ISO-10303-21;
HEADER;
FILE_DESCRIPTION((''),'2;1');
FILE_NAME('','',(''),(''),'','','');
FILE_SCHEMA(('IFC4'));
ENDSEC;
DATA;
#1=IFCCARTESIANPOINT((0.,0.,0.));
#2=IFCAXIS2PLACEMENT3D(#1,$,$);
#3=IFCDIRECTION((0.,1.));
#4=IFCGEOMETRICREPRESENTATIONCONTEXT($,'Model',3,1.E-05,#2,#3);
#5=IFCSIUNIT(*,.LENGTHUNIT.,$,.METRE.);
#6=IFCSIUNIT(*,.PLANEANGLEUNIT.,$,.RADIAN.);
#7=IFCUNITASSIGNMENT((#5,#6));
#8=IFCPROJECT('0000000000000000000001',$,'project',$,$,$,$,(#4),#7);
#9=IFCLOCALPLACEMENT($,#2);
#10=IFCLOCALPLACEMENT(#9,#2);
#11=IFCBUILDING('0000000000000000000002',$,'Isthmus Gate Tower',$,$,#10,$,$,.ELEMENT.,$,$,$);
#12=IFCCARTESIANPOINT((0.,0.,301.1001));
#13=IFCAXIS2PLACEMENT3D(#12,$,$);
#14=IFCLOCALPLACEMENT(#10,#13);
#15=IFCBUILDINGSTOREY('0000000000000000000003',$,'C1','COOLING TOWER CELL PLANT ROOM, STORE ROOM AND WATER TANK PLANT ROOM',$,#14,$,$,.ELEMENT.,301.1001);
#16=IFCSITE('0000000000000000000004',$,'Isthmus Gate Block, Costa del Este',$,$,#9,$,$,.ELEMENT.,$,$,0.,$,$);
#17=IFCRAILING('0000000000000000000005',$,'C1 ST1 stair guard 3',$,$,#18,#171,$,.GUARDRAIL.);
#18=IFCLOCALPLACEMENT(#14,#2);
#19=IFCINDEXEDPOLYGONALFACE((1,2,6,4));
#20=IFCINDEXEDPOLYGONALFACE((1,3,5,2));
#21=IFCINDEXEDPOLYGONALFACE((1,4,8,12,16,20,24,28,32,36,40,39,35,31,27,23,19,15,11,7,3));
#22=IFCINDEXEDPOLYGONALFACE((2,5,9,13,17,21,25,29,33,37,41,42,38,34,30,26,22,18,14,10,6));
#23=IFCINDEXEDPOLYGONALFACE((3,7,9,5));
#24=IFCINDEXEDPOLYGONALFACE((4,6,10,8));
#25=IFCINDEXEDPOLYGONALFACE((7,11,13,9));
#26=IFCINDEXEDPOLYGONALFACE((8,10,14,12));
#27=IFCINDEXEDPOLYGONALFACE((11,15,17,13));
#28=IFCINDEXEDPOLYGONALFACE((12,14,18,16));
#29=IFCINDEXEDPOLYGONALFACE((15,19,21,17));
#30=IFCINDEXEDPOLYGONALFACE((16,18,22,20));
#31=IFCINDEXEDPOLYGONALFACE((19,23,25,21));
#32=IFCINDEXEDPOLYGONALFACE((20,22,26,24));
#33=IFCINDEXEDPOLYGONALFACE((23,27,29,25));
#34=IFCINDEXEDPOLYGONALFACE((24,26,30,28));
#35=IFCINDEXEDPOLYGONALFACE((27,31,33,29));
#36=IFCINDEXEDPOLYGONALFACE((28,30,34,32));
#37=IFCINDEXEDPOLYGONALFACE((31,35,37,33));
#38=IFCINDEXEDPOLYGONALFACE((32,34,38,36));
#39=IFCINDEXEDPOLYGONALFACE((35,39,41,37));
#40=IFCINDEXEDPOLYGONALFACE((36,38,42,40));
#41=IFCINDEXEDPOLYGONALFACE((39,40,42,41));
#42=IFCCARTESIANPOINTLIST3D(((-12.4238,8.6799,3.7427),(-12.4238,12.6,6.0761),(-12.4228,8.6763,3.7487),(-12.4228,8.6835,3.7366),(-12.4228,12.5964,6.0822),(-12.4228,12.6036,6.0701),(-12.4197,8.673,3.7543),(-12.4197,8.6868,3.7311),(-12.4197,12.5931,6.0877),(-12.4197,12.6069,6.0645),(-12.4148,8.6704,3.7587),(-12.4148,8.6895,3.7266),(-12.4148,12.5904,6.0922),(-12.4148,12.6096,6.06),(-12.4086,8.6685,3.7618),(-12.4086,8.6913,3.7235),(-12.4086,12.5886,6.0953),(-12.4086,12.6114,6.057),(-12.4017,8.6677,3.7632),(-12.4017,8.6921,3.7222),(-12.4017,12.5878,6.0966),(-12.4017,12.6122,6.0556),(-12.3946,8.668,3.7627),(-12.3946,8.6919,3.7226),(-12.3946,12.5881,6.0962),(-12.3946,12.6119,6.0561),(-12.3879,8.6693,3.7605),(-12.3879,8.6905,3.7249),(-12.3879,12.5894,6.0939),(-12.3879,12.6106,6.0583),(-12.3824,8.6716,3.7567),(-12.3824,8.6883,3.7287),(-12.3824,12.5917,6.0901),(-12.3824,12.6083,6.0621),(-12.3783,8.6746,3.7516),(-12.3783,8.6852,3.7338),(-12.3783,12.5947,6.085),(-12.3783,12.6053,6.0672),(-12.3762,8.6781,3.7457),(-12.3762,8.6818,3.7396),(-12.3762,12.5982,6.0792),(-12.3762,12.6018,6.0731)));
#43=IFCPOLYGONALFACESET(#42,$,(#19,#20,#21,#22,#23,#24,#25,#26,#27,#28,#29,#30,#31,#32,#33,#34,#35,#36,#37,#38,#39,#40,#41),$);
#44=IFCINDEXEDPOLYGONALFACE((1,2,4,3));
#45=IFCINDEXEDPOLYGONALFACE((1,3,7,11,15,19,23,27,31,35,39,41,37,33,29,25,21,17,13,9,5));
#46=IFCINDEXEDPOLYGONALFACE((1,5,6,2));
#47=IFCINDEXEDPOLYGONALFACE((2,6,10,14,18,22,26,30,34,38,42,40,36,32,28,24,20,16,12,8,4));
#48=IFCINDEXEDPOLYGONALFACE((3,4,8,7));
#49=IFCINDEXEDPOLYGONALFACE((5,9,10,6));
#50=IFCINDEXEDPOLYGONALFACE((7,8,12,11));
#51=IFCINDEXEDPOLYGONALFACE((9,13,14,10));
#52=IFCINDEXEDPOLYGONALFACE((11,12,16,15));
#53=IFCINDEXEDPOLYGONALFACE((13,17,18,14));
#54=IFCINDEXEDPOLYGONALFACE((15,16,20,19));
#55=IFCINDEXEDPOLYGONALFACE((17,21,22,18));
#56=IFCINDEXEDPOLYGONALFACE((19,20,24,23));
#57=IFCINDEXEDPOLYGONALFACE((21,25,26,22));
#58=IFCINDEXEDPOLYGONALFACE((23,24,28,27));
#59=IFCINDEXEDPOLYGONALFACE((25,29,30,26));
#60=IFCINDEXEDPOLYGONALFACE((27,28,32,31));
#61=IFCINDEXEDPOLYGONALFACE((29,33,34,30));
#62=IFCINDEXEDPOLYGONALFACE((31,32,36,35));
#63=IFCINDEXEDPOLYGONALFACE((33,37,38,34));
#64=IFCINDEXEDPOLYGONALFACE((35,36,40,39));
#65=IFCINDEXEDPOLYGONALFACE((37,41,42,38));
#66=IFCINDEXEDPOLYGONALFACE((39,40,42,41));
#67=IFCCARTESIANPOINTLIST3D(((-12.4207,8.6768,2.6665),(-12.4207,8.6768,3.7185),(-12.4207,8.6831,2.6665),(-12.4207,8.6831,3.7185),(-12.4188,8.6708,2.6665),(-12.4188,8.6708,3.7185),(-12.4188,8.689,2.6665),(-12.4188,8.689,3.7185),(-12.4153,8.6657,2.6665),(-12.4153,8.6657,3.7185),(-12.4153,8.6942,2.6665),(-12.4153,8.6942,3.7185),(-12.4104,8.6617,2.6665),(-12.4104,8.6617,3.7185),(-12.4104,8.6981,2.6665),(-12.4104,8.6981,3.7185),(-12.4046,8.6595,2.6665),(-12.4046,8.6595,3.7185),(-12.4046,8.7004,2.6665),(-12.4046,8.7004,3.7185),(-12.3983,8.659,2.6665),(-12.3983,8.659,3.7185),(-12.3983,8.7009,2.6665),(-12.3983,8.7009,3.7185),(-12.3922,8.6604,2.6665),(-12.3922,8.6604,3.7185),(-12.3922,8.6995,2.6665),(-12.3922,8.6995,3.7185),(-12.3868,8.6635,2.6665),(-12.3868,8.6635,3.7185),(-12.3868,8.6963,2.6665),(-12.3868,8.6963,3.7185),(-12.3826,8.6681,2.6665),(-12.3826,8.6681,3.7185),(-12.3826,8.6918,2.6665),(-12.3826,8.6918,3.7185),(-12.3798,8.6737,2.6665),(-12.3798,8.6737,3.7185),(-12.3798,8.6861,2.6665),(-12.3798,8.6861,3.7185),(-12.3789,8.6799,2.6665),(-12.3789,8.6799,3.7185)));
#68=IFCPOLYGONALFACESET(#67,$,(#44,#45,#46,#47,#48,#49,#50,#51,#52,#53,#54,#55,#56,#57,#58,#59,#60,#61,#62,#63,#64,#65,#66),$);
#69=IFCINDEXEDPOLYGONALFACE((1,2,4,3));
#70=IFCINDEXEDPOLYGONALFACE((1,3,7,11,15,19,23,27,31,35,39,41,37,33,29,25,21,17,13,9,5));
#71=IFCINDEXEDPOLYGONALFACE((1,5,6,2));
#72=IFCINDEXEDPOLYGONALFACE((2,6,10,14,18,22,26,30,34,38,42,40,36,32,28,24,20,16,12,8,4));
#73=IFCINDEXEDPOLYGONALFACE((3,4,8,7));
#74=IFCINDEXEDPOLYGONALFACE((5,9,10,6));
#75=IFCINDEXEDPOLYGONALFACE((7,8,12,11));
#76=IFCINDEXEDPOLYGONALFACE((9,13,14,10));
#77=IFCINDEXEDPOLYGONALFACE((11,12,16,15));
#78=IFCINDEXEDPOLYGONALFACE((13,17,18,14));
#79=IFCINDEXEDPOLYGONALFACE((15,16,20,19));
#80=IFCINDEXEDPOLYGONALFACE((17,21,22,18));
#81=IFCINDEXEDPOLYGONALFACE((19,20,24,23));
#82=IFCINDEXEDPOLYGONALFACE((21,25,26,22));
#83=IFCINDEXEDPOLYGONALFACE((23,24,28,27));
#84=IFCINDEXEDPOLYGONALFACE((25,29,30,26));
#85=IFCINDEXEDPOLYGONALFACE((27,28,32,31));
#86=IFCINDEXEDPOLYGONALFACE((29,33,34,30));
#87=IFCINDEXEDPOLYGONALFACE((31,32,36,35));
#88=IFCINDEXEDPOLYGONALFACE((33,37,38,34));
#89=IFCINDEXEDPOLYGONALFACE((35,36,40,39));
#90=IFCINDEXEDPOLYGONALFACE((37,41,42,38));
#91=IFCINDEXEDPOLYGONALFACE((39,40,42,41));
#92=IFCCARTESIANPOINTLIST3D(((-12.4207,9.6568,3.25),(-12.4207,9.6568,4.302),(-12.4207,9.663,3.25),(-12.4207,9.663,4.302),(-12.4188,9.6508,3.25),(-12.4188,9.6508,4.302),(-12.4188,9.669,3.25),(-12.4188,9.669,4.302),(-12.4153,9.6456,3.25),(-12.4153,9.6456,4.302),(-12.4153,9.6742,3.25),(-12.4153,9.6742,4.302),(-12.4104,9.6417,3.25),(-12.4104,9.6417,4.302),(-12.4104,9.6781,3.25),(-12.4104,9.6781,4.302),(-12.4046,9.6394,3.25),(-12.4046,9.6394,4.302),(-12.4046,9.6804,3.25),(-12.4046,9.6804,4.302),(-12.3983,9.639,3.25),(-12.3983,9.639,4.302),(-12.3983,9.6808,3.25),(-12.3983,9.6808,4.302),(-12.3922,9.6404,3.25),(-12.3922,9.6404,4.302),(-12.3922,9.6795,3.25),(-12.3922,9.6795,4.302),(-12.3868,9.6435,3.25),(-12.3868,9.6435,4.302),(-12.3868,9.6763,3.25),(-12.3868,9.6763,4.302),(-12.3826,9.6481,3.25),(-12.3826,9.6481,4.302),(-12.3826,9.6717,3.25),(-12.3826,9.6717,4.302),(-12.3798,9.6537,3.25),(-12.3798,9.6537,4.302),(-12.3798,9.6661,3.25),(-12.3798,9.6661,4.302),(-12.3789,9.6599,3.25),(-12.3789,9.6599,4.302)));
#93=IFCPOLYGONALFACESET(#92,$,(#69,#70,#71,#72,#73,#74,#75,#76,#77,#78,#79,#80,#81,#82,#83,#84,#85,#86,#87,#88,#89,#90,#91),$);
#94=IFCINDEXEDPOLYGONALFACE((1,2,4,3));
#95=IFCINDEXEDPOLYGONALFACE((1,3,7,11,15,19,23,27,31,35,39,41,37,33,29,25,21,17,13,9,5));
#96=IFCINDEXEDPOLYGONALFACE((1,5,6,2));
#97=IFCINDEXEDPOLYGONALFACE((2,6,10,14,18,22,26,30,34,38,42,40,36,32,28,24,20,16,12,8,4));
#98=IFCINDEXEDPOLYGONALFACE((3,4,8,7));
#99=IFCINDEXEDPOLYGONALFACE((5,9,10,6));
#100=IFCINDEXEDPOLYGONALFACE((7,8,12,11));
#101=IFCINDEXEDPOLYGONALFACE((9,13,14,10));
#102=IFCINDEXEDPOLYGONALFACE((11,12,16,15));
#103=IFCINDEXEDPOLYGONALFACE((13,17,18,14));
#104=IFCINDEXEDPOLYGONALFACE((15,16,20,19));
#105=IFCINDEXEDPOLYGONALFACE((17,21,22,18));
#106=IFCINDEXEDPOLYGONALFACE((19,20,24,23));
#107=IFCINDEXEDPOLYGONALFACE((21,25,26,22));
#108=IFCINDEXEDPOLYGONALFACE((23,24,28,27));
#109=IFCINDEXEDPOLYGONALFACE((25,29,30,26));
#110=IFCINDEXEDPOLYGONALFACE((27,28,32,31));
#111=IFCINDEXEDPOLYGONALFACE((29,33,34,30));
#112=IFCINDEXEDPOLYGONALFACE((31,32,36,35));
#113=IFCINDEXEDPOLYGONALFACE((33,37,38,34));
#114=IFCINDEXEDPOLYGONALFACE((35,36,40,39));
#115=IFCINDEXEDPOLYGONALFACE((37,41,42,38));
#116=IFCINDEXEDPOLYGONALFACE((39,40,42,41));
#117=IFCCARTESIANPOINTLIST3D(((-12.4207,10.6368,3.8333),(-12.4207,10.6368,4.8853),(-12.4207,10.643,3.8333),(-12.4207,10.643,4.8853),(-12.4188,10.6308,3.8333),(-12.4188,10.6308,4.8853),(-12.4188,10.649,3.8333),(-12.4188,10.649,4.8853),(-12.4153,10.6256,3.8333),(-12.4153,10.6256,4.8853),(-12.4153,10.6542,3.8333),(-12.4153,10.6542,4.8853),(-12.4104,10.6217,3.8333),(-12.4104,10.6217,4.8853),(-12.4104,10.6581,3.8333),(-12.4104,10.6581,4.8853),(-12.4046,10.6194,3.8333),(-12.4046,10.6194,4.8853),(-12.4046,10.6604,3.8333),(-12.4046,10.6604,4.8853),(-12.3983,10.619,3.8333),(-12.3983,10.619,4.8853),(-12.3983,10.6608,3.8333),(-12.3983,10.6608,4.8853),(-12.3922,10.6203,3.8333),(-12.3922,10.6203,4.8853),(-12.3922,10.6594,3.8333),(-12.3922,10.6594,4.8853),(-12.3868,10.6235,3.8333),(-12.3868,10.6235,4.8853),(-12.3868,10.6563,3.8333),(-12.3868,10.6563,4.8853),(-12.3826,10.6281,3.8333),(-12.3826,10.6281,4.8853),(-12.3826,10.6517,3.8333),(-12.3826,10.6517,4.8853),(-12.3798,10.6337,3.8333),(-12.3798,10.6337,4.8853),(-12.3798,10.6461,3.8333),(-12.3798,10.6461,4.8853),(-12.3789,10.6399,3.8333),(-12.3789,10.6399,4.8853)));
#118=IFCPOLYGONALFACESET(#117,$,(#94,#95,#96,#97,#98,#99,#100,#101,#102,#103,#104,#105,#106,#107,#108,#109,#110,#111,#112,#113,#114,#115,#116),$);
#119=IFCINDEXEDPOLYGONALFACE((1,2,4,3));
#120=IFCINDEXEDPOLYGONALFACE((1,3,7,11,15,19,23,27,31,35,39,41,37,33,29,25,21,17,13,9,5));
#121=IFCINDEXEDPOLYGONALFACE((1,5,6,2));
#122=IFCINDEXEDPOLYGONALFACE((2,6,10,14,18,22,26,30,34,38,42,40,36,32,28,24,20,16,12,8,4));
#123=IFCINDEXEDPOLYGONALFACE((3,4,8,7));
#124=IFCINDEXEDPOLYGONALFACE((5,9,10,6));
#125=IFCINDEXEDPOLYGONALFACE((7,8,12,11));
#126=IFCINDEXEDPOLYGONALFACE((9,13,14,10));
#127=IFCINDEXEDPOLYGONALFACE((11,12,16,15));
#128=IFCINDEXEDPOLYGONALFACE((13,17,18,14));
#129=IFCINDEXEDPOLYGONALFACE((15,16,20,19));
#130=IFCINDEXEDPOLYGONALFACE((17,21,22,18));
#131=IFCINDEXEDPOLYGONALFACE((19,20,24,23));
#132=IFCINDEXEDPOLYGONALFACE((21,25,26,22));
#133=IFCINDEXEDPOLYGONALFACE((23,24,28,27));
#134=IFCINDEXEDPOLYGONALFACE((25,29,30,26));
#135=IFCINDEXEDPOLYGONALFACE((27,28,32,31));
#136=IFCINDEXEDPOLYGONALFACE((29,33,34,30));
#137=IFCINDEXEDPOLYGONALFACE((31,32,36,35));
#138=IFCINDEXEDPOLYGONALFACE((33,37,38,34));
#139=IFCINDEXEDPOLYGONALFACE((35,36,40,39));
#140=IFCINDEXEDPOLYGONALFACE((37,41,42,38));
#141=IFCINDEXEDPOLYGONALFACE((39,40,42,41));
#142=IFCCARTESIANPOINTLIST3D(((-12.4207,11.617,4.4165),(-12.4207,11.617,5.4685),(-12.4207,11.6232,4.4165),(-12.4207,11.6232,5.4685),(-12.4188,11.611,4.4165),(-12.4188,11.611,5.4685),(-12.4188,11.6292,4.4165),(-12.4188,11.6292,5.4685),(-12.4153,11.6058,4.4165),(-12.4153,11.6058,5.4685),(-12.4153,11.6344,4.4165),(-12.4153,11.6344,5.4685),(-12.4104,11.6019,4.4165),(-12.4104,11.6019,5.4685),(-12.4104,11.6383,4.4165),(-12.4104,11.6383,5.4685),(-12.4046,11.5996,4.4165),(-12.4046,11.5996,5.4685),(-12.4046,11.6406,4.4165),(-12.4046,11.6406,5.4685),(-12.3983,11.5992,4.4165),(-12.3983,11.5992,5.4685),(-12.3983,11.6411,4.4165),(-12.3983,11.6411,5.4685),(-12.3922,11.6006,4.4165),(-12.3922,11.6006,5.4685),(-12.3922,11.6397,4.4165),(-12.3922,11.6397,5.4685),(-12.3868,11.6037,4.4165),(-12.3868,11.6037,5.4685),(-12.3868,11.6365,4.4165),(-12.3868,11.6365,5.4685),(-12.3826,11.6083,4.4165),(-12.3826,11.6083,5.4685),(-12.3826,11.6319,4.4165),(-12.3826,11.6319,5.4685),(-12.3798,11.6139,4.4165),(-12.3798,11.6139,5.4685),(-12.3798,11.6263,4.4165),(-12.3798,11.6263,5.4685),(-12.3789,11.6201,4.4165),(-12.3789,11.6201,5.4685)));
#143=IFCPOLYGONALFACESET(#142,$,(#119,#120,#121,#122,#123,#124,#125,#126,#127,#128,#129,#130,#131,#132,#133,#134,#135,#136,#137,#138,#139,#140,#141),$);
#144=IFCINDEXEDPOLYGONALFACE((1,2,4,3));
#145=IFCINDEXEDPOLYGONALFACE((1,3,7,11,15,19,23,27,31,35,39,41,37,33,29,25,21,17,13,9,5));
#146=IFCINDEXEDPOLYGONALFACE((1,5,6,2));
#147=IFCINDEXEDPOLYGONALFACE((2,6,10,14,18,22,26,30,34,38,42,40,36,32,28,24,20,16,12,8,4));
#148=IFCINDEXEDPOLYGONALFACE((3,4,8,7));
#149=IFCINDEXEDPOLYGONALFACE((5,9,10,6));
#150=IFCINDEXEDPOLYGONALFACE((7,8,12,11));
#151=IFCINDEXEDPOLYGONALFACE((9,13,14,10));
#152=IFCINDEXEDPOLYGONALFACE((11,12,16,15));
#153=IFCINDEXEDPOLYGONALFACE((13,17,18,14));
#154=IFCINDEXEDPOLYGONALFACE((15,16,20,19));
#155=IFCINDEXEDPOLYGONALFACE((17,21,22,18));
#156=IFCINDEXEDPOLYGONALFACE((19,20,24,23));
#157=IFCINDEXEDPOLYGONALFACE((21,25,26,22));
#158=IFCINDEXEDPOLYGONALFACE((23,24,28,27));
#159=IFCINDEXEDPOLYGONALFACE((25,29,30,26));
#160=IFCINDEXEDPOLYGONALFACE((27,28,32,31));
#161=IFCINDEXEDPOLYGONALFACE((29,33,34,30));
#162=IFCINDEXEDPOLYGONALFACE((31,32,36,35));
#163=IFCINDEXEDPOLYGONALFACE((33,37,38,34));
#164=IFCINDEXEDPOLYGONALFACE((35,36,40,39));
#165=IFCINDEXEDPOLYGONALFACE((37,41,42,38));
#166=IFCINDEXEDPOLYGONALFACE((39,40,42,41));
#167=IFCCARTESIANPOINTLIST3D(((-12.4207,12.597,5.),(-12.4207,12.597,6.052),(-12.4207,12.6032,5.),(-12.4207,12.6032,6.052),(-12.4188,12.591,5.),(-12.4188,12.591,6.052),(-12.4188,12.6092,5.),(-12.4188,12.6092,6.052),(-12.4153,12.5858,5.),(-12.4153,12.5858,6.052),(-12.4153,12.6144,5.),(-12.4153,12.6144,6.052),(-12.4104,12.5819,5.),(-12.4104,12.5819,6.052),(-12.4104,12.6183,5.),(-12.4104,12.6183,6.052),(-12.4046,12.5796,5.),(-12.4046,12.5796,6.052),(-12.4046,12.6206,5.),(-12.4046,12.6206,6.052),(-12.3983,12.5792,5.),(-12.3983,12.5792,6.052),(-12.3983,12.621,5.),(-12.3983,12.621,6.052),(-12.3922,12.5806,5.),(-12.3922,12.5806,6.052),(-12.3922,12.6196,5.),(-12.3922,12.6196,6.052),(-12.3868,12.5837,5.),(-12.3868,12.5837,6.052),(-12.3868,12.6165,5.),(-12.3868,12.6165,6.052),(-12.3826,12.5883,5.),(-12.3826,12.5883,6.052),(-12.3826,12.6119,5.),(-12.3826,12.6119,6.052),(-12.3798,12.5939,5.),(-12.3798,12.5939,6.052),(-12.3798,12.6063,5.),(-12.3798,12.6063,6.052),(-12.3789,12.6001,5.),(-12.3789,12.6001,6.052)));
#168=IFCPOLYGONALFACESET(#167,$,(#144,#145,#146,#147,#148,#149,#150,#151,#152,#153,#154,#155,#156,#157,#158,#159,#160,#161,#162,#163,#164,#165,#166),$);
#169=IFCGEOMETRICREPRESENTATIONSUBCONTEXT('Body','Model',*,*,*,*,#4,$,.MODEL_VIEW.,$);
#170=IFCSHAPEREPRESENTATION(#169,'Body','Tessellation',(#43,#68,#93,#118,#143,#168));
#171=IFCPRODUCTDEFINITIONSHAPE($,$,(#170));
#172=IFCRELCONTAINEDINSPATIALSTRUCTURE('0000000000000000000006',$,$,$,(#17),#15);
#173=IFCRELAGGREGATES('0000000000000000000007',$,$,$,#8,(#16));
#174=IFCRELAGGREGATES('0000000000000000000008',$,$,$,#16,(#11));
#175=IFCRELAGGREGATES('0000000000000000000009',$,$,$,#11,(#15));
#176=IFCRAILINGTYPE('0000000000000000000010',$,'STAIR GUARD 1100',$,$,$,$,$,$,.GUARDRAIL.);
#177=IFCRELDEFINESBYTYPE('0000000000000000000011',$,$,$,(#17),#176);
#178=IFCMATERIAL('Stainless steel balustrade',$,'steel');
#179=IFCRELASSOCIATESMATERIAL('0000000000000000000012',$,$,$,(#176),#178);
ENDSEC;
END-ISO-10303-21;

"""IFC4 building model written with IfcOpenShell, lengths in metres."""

from ifc_helpers import new_model, si_unit, direction, frame, origin, origin_2d, place, context, subcontext, project, spatial, circle, extrude, material, type_object, element, save


model = new_model("IFC4")

# Units and contexts
model_context = context("Model", 3, precision=1e-05, world=origin(), true_north=direction((0.0, 1.0)))
body_context = subcontext(model_context, "Body", "Model", "MODEL_VIEW")
ifc_project = project(units=[si_unit("LENGTHUNIT", "METRE"), si_unit("PLANEANGLEUNIT", "RADIAN")], contexts=[model_context])

# Site, building, storey
site_placement = place(None, origin())
site = spatial("IfcSite", under=ifc_project, at=site_placement, Name="Isthmus Gate Block, Costa del Este", CompositionType="ELEMENT", RefElevation=0.0)
building_placement = place(site_placement, origin())
building = spatial("IfcBuilding", under=site, at=building_placement, Name="Isthmus Gate Tower", CompositionType="ELEMENT")
storey_placement = place(building_placement, frame((0.0, 0.0, 301.1001)))
storey = spatial("IfcBuildingStorey", under=building, at=storey_placement, Name="C1", Description="COOLING TOWER CELL PLANT ROOM, STORE ROOM AND WATER TANK PLANT ROOM", CompositionType="ELEMENT", Elevation=301.1001)

# Railing
ifc_material_1 = material(Name="Stainless steel balustrade", Category="steel")
railing_type_1 = type_object("IfcRailingType", Name="STAIR GUARD 1100", PredefinedType="GUARDRAIL", material=ifc_material_1)
railing_1_placement = place(storey_placement, frame((-12.3999, 8.6799, 2.6665)))
element("IfcRailing", 1, at=railing_1_placement, inside=storey, type_object=railing_type_1, Name="C1 ST1 stair guard 3", PredefinedType="GUARDRAIL", context=body_context, shape_type="SweptSolid", body=[
    extrude(circle(Radius=0.0239, at=origin_2d()), frame((0.0, 0.0, 1.0762), z_axis=(0.0, 0.859287, 0.511494), x_axis=(-1.0, 0.0, 0.0)), (0.0, 0.0, 1.0), 4.562),
    extrude(circle(Radius=0.021, at=origin_2d()), origin(), (0.0, 0.0, 1.0), 1.052),
    extrude(circle(Radius=0.021, at=origin_2d()), frame((0.0, 0.98, 0.5835)), (0.0, 0.0, 1.0), 1.052),
    extrude(circle(Radius=0.021, at=origin_2d()), frame((0.0, 1.96, 1.1667)), (0.0, 0.0, 1.0), 1.052),
    extrude(circle(Radius=0.021, at=origin_2d()), frame((0.0, 2.9402, 1.75)), (0.0, 0.0, 1.0), 1.052),
    extrude(circle(Radius=0.021, at=origin_2d()), frame((0.0, 3.9202, 2.3335)), (0.0, 0.0, 1.0), 1.052),
])

save(model, "model.ifc")
